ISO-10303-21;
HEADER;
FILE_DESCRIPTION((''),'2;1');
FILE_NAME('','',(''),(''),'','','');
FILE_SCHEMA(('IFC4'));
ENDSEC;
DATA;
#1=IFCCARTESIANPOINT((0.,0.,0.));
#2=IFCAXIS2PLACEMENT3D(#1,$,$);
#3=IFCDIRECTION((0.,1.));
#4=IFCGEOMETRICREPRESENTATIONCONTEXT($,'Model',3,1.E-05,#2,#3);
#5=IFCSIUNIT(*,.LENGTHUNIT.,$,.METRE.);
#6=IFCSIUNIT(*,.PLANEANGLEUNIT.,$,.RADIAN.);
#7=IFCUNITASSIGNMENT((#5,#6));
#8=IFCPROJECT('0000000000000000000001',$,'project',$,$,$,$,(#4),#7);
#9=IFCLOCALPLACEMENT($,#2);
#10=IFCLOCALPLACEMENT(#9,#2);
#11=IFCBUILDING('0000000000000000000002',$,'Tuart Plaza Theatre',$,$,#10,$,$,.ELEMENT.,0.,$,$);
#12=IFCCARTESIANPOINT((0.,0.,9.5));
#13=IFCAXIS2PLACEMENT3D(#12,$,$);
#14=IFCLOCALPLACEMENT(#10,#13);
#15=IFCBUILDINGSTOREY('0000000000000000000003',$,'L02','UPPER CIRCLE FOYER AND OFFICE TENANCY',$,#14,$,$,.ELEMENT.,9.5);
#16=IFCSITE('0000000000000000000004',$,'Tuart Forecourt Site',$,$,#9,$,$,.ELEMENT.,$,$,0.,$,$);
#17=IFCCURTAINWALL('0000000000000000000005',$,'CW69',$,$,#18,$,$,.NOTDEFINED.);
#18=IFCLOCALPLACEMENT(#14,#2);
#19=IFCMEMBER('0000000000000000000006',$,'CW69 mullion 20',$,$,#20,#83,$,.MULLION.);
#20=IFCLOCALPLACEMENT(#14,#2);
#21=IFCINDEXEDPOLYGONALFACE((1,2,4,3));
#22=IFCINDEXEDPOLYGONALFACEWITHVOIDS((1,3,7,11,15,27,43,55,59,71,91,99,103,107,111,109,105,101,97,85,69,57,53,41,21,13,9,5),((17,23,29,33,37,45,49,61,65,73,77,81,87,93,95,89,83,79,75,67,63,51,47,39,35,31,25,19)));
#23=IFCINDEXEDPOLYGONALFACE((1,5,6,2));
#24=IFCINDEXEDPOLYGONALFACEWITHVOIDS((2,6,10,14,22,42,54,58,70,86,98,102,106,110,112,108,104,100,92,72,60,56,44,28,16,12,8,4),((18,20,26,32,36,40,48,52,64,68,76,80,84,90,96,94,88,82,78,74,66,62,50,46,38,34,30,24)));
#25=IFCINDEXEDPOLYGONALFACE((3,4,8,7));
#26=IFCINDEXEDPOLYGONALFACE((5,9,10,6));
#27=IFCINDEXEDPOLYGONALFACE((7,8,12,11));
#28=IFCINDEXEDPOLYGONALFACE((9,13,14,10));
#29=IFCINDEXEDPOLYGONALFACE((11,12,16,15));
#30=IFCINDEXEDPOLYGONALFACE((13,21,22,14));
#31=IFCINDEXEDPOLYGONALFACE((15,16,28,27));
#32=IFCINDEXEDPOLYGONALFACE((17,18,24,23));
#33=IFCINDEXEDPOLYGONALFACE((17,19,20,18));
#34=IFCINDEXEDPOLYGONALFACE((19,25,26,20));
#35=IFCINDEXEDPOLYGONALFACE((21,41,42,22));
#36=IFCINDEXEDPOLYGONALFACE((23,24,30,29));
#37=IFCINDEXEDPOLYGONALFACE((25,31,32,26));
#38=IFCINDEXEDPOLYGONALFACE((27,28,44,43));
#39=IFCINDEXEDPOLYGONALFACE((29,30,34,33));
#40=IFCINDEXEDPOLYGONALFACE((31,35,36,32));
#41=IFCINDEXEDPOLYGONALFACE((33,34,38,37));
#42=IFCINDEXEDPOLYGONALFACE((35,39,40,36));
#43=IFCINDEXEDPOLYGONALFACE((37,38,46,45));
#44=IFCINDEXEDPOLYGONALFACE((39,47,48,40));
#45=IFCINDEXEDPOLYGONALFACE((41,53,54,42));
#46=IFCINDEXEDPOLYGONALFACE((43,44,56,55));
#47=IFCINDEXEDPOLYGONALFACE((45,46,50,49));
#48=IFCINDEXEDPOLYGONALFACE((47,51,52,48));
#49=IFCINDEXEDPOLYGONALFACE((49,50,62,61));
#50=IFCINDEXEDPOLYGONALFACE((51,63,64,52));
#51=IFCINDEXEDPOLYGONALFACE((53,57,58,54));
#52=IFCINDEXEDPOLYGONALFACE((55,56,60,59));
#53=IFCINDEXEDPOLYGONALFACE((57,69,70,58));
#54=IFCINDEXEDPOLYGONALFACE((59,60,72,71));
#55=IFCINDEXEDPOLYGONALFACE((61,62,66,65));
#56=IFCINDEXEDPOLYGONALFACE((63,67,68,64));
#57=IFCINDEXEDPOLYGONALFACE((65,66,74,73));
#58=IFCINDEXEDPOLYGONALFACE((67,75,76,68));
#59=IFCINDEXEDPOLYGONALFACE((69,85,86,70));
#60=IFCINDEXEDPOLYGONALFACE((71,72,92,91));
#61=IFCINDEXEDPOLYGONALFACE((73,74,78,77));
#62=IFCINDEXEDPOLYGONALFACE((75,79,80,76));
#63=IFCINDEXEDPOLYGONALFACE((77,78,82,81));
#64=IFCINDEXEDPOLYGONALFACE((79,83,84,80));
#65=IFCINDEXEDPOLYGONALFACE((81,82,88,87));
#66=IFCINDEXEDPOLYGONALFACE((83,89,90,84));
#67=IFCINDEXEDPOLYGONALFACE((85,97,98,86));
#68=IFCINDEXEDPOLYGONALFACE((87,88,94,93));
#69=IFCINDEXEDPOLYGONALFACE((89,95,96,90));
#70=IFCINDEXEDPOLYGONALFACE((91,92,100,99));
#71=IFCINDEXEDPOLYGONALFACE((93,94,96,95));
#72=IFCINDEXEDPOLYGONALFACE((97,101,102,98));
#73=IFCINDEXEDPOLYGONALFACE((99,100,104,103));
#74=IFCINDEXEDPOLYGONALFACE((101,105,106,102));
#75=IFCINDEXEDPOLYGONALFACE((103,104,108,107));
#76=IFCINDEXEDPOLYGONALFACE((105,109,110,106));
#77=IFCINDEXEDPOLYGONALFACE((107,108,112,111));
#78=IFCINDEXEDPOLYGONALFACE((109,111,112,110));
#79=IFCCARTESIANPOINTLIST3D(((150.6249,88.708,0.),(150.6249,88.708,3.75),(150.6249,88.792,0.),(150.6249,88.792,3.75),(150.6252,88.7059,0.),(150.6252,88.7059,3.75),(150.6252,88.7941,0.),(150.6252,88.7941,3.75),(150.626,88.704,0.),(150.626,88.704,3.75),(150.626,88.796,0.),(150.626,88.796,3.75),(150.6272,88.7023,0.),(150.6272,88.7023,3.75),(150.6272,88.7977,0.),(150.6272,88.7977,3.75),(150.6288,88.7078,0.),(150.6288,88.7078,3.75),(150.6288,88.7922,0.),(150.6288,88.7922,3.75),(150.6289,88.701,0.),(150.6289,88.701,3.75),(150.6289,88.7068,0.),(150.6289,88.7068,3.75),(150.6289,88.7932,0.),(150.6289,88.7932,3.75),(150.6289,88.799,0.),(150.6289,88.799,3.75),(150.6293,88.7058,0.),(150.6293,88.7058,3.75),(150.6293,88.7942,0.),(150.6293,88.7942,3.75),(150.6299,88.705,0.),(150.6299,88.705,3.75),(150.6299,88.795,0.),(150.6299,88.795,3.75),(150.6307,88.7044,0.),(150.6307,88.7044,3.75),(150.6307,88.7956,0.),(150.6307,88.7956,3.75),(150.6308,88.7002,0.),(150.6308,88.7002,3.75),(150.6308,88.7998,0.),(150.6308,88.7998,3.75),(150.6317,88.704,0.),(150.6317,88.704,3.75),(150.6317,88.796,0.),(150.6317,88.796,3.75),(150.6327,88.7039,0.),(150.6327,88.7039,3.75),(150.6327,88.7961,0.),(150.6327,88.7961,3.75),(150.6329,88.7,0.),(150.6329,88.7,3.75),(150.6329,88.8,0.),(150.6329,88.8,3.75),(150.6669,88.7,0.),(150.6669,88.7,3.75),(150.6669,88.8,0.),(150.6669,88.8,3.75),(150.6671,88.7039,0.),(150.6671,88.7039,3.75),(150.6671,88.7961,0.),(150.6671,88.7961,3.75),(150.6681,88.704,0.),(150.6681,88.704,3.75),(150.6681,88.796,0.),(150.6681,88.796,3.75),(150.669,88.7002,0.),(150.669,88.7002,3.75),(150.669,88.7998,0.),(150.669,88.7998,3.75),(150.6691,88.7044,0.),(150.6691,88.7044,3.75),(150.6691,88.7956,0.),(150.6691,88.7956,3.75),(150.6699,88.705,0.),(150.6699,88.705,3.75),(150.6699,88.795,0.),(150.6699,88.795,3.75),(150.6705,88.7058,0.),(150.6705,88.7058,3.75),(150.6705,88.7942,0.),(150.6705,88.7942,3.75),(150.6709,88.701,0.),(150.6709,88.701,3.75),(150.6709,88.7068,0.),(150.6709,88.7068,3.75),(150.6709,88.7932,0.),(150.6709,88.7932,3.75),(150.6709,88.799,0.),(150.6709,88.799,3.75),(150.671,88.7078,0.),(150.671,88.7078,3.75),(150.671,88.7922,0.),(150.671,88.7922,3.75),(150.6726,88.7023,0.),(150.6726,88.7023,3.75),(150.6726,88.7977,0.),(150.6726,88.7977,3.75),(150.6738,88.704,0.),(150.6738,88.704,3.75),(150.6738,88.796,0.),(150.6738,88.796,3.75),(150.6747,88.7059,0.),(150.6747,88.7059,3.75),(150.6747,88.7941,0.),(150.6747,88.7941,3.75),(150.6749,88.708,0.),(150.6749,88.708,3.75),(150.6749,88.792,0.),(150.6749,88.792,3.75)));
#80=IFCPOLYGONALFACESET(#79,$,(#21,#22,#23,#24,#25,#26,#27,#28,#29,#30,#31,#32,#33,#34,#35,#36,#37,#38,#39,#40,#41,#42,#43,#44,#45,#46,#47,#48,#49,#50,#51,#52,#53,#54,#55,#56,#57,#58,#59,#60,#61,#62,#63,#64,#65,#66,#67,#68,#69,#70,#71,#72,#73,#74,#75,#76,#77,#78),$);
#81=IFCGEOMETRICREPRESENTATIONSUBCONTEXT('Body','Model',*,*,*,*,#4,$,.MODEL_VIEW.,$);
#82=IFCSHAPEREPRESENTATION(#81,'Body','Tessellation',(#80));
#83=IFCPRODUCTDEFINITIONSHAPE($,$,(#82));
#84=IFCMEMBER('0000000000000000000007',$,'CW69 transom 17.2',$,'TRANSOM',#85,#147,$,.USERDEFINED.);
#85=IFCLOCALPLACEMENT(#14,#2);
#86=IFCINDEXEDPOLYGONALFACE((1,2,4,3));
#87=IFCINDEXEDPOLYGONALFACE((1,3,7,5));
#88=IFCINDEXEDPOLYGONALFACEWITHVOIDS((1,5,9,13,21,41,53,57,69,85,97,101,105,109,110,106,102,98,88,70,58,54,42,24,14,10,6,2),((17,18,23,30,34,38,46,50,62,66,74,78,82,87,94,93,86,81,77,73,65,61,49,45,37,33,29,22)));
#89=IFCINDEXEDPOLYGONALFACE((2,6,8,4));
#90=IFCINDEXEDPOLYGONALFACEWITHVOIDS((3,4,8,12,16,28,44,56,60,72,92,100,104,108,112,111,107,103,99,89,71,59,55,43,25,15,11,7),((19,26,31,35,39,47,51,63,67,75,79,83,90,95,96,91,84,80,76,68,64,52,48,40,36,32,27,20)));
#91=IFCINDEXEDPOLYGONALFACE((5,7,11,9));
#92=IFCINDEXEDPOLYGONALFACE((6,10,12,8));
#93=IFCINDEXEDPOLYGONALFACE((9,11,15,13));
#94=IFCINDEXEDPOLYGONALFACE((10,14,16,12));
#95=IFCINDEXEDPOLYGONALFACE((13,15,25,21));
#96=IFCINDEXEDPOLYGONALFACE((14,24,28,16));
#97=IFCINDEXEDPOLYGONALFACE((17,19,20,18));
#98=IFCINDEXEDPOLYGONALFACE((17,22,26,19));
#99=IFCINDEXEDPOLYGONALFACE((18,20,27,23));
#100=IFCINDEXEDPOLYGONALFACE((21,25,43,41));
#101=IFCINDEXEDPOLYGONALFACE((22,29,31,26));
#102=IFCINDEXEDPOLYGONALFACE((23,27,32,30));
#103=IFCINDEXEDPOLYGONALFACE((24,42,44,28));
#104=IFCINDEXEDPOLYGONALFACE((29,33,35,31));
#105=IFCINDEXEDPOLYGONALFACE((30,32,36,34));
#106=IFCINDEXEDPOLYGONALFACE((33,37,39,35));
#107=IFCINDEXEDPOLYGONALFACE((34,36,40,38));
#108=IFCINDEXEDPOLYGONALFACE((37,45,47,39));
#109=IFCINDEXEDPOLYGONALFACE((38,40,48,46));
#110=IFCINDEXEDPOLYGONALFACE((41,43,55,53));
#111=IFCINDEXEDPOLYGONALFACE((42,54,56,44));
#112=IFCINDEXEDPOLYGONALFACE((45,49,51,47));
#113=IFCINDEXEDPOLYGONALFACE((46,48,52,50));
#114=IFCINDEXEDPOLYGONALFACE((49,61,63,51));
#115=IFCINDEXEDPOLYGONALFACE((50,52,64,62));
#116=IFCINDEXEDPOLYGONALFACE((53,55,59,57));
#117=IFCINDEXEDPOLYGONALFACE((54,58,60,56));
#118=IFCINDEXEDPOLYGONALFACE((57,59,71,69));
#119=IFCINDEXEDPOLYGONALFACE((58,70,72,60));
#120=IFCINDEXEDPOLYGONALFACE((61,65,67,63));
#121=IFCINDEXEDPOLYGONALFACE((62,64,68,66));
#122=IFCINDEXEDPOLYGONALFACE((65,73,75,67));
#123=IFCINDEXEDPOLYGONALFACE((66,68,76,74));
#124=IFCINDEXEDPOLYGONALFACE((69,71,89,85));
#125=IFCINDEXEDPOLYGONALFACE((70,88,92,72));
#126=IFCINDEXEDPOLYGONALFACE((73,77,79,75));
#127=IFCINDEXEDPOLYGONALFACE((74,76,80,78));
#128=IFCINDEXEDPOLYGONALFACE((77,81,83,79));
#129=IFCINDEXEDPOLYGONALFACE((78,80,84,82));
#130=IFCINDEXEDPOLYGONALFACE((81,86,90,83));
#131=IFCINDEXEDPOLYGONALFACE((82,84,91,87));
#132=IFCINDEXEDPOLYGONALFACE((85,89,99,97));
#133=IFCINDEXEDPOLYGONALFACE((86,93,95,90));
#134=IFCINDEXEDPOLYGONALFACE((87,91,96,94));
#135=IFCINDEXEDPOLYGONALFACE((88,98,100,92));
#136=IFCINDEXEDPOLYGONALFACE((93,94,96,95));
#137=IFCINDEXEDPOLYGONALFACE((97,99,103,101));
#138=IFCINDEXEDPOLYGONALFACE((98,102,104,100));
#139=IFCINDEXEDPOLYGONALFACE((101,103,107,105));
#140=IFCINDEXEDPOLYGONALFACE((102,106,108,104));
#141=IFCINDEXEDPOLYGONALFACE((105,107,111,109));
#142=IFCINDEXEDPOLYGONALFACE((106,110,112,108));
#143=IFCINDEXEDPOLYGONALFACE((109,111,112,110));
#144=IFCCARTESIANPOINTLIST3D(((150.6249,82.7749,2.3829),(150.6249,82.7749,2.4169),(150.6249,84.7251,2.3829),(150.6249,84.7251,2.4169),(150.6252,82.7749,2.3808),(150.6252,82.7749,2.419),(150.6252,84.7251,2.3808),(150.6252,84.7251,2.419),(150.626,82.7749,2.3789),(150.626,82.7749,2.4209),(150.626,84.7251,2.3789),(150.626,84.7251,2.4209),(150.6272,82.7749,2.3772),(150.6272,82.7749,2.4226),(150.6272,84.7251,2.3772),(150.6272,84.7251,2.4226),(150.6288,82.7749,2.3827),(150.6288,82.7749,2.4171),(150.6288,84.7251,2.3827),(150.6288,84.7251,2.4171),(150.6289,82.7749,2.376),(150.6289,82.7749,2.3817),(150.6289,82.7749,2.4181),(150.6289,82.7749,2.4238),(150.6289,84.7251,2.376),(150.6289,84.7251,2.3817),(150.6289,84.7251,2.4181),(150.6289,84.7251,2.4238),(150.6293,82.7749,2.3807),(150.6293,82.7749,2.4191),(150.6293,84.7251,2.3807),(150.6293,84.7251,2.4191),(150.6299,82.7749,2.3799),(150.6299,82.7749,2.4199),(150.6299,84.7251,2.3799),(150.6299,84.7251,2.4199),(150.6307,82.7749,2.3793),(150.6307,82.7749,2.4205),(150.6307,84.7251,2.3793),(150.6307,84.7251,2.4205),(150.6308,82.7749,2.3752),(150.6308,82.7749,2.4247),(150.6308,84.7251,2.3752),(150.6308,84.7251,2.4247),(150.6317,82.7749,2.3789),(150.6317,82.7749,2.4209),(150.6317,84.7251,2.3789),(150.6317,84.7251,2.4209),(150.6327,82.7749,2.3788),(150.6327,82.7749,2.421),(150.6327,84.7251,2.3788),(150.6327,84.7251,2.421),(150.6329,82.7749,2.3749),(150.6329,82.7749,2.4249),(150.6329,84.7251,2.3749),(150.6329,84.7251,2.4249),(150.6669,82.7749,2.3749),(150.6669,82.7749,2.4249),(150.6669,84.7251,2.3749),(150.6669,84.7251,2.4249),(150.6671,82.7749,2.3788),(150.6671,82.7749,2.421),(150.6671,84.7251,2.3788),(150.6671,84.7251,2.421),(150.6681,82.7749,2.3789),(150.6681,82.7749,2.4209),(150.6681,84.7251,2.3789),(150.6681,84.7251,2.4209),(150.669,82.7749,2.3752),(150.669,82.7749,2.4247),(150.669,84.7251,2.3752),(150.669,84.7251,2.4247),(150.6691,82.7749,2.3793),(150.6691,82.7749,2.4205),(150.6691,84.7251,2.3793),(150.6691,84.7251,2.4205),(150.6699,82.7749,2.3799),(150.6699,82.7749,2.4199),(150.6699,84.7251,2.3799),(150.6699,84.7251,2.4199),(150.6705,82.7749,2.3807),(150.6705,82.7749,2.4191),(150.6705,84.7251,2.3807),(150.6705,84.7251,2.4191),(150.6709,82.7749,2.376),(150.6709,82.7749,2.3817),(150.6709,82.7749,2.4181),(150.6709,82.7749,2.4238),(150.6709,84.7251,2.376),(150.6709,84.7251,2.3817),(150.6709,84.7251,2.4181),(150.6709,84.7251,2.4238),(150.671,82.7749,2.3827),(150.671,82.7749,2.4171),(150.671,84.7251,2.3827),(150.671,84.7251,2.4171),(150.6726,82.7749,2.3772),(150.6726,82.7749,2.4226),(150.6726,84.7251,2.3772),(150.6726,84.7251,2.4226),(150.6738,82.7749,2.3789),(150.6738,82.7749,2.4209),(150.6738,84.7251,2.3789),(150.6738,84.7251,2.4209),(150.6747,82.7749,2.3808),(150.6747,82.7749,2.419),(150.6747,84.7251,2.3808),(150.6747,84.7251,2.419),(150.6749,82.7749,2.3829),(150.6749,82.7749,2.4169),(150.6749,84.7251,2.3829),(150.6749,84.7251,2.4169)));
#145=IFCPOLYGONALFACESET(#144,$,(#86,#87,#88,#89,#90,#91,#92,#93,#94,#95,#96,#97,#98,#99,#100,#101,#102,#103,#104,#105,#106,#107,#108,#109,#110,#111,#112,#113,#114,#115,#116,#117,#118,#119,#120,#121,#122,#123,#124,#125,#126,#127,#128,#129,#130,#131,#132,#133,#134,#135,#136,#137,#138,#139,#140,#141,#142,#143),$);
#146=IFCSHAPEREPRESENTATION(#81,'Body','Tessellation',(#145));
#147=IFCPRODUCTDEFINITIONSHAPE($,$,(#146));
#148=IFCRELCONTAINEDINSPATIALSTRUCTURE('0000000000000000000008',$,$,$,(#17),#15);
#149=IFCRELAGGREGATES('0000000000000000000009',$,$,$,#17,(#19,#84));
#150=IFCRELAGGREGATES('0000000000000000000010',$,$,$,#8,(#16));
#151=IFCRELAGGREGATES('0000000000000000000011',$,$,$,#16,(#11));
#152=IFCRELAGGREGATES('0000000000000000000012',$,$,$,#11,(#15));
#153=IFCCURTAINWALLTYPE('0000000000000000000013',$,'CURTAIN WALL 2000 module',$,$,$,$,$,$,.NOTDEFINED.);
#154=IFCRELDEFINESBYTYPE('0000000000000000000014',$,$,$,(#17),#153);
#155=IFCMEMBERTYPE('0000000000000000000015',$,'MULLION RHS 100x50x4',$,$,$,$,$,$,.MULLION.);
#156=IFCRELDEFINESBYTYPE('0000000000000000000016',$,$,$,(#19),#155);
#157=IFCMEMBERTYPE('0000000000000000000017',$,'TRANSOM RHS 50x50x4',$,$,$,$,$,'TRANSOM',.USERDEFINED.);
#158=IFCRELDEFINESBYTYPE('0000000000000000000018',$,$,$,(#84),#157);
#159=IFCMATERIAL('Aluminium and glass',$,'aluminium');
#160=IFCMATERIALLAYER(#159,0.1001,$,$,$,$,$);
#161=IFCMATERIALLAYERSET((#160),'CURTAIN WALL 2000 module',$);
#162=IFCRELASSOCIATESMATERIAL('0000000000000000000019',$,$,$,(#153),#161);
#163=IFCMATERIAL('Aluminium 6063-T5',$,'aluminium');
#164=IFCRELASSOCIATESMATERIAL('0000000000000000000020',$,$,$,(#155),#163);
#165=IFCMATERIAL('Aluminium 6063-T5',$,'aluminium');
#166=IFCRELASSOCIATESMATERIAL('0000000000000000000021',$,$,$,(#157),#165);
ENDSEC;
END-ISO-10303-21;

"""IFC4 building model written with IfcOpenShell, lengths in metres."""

from ifc_helpers import new_model, si_unit, direction, frame, origin, origin_2d, place, context, subcontext, project, spatial, hollow_rectangle, extrude, material, layer, layer_set, material_profile, profile_set, type_object, element, aggregate, save


model = new_model("IFC4")

# Units and contexts
model_context = context("Model", 3, precision=1e-05, world=origin(), true_north=direction((0.0, 1.0)))
body_context = subcontext(model_context, "Body", "Model", "MODEL_VIEW")
ifc_project = project(units=[si_unit("LENGTHUNIT", "METRE"), si_unit("PLANEANGLEUNIT", "RADIAN")], contexts=[model_context])

# Site, building, storey
site_placement = place(None, origin())
site = spatial("IfcSite", under=ifc_project, at=site_placement, Name="Tuart Forecourt Site", CompositionType="ELEMENT", RefElevation=0.0)
building_placement = place(site_placement, origin())
building = spatial("IfcBuilding", under=site, at=building_placement, Name="Tuart Plaza Theatre", CompositionType="ELEMENT", ElevationOfRefHeight=0.0)
storey_placement = place(building_placement, frame((0.0, 0.0, 9.5)))
storey = spatial("IfcBuildingStorey", under=building, at=storey_placement, Name="L02", Description="UPPER CIRCLE FOYER AND OFFICE TENANCY", CompositionType="ELEMENT", Elevation=9.5)

# Curtain wall, members
ifc_material_1 = material(Name="Aluminium and glass", Category="aluminium")
ifc_layer_1 = layer(ifc_material_1, 0.1001)
ifc_layer_set_1 = layer_set([ifc_layer_1], Name="CURTAIN WALL 2000 module")
curtain_wall_type = type_object("IfcCurtainWallType", Name="CURTAIN WALL 2000 module", PredefinedType="NOTDEFINED", material=ifc_layer_set_1)
curtain_wall_placement = place(storey_placement, origin())
curtain_wall = element("IfcCurtainWall", 1, at=curtain_wall_placement, inside=storey, type_object=curtain_wall_type, Name="CW69", PredefinedType="NOTDEFINED")
ifc_material_2 = material(Name="Aluminium 6063-T5", Category="aluminium")
ifc_material_profile_1 = material_profile(ifc_material_2, hollow_rectangle(XDim=0.05, YDim=0.1001, WallThickness=0.0039, InnerFilletRadius=0.0039, OuterFilletRadius=0.0081, at=origin_2d()), Name="RHS 100x50x4")
ifc_profile_set_1 = profile_set([ifc_material_profile_1], Name="Aluminium 6063-T5")
member_type_1 = type_object("IfcMemberType", Name="MULLION RHS 100x50x4", PredefinedType="MULLION", material=ifc_profile_set_1)
member_1_placement = place(storey_placement, frame((150.6499, 88.75, 0.0), z_axis=(0.0, 0.0, 1.0), x_axis=(-1.0, 0.0, 0.0)))
member_1 = element("IfcMember", 2, at=member_1_placement, type_object=member_type_1, Name="CW69 mullion 20", PredefinedType="MULLION", context=body_context, shape_type="SweptSolid", body=[
    extrude(hollow_rectangle(XDim=0.05, YDim=0.1001, WallThickness=0.0039, InnerFilletRadius=0.0039, OuterFilletRadius=0.0081, at=origin_2d()), origin(), (0.0, 0.0, 1.0), 3.75),
])
ifc_material_3 = material(Name="Aluminium 6063-T5", Category="aluminium")
ifc_material_profile_2 = material_profile(ifc_material_3, hollow_rectangle(XDim=0.05, YDim=0.05, WallThickness=0.0039, InnerFilletRadius=0.0039, OuterFilletRadius=0.0081, at=origin_2d()), Name="RHS 50x50x4")
ifc_profile_set_2 = profile_set([ifc_material_profile_2], Name="Aluminium 6063-T5")
member_type_2 = type_object("IfcMemberType", Name="TRANSOM RHS 50x50x4", ElementType="TRANSOM", PredefinedType="USERDEFINED", material=ifc_profile_set_2)
member_2_placement = place(storey_placement, frame((150.6499, 82.7749, 2.3999), z_axis=(0.0, 1.0, 0.0), x_axis=(-1.0, 0.0, 0.0)))
member_2 = element("IfcMember", 3, at=member_2_placement, type_object=member_type_2, Name="CW69 transom 17.2", ObjectType="TRANSOM", PredefinedType="USERDEFINED", context=body_context, shape_type="SweptSolid", body=[
    extrude(hollow_rectangle(XDim=0.05, YDim=0.05, WallThickness=0.0039, InnerFilletRadius=0.0039, OuterFilletRadius=0.0081, at=origin_2d()), origin(), (0.0, 0.0, 1.0), 1.9502),
])
aggregate(curtain_wall, [member_1, member_2])

save(model, "model.ifc")
